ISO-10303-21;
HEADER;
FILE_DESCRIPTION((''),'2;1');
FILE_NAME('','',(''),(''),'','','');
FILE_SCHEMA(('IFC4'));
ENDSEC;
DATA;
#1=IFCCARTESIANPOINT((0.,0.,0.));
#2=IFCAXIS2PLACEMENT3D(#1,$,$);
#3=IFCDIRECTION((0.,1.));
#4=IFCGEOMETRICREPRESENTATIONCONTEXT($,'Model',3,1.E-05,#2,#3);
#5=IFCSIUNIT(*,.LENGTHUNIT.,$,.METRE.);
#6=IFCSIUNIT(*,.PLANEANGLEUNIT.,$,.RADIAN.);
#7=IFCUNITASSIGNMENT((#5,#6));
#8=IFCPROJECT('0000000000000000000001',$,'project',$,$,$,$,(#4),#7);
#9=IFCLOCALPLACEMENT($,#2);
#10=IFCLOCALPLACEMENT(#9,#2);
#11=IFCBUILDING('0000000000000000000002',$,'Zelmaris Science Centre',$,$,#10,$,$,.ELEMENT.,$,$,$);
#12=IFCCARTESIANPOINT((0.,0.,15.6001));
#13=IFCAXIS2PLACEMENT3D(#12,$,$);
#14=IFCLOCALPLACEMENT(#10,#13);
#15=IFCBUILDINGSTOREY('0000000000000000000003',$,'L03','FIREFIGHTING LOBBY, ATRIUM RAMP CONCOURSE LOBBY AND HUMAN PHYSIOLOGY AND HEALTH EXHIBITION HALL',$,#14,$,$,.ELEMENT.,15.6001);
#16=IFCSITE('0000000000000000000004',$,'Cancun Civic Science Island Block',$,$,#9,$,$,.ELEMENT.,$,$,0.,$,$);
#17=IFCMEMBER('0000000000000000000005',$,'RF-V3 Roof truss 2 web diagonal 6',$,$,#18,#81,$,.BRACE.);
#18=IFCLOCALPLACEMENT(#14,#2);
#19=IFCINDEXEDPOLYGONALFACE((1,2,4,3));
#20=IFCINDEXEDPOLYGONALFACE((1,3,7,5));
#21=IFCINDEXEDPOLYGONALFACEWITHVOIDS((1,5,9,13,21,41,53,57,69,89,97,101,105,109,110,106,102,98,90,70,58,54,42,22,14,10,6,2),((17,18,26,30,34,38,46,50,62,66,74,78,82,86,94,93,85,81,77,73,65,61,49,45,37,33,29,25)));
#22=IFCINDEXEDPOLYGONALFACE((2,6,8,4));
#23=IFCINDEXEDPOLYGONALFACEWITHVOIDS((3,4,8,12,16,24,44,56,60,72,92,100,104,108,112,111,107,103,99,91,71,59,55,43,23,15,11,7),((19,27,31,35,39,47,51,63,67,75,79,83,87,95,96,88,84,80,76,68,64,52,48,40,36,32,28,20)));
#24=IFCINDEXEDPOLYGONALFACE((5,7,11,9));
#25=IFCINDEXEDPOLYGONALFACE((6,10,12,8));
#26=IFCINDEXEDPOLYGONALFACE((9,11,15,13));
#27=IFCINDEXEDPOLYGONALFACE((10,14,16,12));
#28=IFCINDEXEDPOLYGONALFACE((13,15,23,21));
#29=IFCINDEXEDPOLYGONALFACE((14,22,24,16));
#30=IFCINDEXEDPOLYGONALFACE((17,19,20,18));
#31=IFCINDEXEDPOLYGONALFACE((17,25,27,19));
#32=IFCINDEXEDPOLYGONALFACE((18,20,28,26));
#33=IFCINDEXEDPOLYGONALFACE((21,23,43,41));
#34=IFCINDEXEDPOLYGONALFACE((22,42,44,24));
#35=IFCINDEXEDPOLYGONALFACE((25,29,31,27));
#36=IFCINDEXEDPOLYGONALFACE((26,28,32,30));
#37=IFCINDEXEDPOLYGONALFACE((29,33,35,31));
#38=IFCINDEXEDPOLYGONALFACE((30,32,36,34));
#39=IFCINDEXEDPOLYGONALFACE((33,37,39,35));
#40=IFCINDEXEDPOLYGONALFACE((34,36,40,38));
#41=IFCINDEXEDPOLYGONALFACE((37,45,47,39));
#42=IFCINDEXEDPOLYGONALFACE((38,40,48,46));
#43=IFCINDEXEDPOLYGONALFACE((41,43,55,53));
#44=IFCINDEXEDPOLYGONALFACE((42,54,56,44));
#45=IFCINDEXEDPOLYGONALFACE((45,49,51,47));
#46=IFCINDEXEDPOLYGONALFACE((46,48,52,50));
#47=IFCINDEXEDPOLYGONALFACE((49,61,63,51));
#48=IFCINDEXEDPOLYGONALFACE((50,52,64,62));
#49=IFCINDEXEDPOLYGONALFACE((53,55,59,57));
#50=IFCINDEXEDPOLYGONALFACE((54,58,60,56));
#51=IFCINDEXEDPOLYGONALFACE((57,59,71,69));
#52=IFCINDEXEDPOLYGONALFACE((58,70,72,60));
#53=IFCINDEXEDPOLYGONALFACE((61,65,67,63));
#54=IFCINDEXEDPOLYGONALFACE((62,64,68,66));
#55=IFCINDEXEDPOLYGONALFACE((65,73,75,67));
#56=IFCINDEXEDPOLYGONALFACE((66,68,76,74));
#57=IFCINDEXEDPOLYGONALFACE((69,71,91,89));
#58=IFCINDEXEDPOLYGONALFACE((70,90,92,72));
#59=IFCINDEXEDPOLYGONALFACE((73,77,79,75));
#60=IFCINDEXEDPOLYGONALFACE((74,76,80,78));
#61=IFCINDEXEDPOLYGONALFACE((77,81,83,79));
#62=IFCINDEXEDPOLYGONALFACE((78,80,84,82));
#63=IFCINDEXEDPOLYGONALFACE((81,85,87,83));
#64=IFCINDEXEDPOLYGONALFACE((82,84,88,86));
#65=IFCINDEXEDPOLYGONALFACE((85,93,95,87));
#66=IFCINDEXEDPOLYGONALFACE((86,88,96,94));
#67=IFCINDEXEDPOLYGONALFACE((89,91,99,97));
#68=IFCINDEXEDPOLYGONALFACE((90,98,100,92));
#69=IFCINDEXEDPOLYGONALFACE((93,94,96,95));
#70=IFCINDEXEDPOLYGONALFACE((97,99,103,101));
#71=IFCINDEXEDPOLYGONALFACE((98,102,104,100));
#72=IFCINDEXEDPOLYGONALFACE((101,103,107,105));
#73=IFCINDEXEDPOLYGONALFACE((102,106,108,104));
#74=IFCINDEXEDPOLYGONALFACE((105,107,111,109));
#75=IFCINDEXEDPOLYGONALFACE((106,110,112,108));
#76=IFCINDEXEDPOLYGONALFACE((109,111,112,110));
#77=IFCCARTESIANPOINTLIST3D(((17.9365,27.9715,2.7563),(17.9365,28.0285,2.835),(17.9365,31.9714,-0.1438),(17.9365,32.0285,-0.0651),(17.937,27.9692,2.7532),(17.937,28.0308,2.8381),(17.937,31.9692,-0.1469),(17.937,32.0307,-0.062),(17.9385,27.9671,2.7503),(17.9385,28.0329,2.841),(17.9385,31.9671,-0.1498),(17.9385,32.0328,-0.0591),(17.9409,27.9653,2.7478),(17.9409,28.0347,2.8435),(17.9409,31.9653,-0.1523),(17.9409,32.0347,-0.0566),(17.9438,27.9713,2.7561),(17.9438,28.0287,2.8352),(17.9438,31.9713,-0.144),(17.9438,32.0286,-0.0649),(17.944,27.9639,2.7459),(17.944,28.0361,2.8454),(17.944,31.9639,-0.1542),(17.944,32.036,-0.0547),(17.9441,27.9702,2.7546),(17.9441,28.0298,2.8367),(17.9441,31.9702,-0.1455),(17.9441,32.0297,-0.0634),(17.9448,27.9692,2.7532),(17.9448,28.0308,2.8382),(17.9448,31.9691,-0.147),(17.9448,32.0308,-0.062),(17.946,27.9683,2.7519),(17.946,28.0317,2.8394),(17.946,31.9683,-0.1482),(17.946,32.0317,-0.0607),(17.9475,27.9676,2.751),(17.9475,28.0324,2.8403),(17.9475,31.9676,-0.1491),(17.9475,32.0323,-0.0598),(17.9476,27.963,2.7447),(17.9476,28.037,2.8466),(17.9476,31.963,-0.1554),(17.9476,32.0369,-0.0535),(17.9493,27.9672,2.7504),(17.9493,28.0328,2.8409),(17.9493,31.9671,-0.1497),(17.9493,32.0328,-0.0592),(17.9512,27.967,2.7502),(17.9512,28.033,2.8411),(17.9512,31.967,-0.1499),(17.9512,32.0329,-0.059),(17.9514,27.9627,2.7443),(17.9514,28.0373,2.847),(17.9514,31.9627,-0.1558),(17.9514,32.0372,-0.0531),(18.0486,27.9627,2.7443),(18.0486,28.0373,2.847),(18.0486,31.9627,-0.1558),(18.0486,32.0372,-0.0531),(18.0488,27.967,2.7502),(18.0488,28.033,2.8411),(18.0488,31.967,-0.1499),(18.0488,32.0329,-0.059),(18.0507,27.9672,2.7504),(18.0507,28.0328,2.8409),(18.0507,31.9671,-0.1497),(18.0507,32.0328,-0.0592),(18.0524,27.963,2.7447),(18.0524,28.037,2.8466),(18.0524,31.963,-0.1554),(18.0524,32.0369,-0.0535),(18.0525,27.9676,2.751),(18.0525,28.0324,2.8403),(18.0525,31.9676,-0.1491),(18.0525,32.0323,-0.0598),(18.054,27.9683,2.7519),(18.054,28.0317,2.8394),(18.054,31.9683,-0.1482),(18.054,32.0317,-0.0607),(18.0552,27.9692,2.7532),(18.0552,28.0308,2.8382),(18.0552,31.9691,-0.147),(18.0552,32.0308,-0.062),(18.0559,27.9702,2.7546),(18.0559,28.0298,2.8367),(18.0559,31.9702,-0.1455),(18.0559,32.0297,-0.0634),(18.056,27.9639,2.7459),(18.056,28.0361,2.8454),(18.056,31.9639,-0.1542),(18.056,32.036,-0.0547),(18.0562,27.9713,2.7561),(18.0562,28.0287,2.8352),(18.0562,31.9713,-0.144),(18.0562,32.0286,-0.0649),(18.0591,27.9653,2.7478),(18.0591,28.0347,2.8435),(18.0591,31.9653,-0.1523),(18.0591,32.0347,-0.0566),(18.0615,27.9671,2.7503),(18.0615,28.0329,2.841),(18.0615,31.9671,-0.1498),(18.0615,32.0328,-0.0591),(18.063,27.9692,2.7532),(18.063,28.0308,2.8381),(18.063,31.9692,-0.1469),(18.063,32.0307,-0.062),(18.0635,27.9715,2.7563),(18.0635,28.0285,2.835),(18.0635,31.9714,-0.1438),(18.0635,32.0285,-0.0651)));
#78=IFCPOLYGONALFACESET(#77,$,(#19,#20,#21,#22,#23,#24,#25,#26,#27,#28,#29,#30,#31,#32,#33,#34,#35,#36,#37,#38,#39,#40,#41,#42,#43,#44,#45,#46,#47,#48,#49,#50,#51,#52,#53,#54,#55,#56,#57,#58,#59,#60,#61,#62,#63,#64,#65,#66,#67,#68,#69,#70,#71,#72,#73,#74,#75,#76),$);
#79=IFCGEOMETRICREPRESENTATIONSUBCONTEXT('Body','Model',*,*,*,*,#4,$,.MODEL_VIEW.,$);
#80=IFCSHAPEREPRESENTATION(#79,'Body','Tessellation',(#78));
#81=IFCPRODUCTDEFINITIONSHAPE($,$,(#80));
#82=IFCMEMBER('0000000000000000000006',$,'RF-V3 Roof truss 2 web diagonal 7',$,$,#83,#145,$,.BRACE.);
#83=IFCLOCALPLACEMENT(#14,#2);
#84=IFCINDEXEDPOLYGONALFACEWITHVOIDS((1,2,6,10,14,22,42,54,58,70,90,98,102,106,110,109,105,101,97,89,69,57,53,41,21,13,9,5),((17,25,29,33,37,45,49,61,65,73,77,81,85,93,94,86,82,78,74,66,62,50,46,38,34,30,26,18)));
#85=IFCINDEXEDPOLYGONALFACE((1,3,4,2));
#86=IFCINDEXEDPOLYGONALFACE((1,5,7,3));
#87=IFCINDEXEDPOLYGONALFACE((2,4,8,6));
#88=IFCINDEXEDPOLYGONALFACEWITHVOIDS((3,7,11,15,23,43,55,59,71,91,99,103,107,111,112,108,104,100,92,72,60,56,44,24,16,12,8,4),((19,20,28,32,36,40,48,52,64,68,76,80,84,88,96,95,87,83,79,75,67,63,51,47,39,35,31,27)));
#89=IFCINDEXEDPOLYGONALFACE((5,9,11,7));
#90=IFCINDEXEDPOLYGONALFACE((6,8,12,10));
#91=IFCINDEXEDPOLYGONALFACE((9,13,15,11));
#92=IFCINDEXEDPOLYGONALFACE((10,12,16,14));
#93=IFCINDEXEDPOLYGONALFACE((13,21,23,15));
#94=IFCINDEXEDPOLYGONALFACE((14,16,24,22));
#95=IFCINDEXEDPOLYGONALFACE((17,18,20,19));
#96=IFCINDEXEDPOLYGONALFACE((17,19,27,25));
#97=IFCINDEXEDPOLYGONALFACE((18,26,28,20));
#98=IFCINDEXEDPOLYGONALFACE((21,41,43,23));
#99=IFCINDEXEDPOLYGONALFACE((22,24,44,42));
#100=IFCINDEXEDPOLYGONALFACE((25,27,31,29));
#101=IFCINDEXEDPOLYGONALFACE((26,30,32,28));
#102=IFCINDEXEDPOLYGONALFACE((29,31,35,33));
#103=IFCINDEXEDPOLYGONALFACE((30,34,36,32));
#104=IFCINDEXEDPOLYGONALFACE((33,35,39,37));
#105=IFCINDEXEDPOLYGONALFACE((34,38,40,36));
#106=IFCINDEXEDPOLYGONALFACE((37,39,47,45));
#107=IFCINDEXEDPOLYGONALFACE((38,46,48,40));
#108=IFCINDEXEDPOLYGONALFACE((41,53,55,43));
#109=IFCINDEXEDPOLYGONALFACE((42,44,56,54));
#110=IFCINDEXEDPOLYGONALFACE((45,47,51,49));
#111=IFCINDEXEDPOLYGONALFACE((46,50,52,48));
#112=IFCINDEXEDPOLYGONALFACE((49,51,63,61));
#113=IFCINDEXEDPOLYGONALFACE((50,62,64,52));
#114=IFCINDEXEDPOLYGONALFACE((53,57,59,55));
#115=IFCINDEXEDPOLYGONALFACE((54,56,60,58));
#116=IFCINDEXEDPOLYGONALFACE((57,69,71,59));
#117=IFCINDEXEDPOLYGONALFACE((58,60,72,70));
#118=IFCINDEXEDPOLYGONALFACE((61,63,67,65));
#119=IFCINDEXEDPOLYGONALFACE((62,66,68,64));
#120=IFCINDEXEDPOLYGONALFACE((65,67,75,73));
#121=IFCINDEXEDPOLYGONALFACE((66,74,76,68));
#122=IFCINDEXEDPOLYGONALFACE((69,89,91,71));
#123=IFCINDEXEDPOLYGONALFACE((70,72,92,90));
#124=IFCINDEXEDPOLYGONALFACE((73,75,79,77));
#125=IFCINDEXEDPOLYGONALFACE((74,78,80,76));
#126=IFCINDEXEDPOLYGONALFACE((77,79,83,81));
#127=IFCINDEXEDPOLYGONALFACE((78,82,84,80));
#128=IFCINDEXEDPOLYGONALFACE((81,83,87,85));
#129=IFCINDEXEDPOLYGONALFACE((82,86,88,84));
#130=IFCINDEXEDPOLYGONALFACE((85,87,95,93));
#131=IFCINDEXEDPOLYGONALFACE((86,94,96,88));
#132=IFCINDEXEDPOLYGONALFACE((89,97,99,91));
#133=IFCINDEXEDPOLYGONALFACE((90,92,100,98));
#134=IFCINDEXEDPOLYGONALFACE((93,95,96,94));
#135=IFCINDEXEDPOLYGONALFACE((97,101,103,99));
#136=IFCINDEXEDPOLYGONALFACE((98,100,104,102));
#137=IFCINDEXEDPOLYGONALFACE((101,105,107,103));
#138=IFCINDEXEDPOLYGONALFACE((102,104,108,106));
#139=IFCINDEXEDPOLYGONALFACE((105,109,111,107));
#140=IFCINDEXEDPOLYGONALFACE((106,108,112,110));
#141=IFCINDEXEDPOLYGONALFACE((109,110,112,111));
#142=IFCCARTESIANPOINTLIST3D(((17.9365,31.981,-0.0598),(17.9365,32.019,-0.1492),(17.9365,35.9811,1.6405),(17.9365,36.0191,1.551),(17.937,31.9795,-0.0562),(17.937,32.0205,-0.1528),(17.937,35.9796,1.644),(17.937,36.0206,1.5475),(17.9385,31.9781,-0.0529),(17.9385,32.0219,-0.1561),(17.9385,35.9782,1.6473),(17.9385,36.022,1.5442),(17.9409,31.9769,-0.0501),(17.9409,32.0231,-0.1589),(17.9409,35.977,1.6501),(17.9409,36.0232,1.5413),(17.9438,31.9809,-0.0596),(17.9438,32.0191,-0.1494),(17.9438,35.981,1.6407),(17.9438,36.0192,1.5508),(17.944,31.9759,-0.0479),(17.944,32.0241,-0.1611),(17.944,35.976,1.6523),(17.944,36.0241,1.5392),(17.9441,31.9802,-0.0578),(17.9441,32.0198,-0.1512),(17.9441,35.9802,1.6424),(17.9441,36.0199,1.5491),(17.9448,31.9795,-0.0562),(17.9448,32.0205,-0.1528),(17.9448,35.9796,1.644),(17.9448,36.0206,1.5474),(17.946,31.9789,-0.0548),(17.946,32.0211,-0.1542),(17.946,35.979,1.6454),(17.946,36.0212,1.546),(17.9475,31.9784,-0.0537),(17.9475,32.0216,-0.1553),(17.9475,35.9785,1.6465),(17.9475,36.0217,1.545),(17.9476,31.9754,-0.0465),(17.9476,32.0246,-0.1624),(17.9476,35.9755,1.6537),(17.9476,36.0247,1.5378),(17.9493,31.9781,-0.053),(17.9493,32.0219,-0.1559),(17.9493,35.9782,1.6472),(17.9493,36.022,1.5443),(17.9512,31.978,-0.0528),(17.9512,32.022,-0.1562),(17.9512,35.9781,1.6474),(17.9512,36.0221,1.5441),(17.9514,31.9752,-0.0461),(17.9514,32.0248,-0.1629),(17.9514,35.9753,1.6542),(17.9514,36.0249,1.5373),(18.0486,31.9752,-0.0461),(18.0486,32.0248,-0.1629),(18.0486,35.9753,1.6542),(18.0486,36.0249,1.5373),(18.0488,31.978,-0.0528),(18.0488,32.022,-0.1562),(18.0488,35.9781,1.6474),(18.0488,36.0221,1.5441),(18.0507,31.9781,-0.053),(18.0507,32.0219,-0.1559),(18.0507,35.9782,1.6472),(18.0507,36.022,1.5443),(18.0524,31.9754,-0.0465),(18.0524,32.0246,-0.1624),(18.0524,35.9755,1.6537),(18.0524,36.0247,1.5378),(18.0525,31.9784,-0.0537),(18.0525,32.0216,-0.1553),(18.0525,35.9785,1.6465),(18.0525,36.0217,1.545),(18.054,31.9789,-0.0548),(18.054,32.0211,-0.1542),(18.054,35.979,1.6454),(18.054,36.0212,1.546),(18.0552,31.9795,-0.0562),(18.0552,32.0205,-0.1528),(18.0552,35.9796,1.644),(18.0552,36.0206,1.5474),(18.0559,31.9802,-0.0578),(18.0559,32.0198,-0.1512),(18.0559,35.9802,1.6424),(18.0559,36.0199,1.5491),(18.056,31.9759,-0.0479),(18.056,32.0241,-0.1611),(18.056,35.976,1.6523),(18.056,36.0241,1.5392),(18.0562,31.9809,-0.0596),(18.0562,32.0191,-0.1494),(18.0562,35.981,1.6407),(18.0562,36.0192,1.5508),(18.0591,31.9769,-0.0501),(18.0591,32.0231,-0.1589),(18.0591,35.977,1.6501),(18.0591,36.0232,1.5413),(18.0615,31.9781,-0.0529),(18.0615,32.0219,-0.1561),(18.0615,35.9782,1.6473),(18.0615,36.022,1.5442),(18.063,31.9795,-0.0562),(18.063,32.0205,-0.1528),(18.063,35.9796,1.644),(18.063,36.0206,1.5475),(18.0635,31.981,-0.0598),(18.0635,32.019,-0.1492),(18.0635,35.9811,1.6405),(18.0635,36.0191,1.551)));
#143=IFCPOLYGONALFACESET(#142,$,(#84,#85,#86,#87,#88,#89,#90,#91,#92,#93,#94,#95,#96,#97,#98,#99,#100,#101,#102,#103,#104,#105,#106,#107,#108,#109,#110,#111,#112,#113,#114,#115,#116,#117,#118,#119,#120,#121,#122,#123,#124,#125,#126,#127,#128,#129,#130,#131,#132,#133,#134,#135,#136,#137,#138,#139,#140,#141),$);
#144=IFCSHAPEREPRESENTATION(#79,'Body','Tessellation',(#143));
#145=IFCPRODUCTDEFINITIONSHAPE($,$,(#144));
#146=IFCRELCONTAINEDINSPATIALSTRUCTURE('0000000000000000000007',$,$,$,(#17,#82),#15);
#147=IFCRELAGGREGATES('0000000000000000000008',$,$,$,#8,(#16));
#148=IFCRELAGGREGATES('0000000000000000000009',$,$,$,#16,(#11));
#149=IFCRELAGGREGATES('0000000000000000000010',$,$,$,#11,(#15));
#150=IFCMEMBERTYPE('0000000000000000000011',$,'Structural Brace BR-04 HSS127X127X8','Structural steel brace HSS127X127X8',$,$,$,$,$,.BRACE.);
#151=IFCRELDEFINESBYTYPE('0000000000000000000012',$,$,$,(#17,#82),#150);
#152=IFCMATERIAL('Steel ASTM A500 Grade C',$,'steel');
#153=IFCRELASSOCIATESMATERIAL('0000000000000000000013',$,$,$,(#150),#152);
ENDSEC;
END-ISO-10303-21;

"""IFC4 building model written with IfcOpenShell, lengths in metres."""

from ifc_helpers import new_model, si_unit, direction, frame, origin, origin_2d, place, context, subcontext, project, spatial, hollow_rectangle, extrude, material, material_profile, profile_set, type_object, element, save


model = new_model("IFC4")

# Units and contexts
model_context = context("Model", 3, precision=1e-05, world=origin(), true_north=direction((0.0, 1.0)))
body_context = subcontext(model_context, "Body", "Model", "MODEL_VIEW")
ifc_project = project(units=[si_unit("LENGTHUNIT", "METRE"), si_unit("PLANEANGLEUNIT", "RADIAN")], contexts=[model_context])

# Site, building, storey
site_placement = place(None, origin())
site = spatial("IfcSite", under=ifc_project, at=site_placement, Name="Cancun Civic Science Island Block", CompositionType="ELEMENT", RefElevation=0.0)
building_placement = place(site_placement, origin())
building = spatial("IfcBuilding", under=site, at=building_placement, Name="Zelmaris Science Centre", CompositionType="ELEMENT")
storey_placement = place(building_placement, frame((0.0, 0.0, 15.6001)))
storey = spatial("IfcBuildingStorey", under=building, at=storey_placement, Name="L03", Description="FIREFIGHTING LOBBY, ATRIUM RAMP CONCOURSE LOBBY AND HUMAN PHYSIOLOGY AND HEALTH EXHIBITION HALL", CompositionType="ELEMENT", Elevation=15.6001)

# Shared definitions
ifc_material_1 = material(Name="Steel ASTM A500 Grade C", Category="steel")

# Members
ifc_material_profile_1 = material_profile(ifc_material_1, hollow_rectangle(XDim=0.127, YDim=0.127, WallThickness=0.0073, InnerFilletRadius=0.0073, OuterFilletRadius=0.0149, at=origin_2d()), Name="HSS127X127X8")
ifc_profile_set_1 = profile_set([ifc_material_profile_1], Name="Steel ASTM A500 Grade C")
member_type_1 = type_object("IfcMemberType", Name="Structural Brace BR-04 HSS127X127X8", Description="Structural steel brace HSS127X127X8", PredefinedType="BRACE", material=ifc_profile_set_1)
member_1_placement = place(storey_placement, frame((18.0, 28.0, 2.7957), z_axis=(0.0, 0.809596, -0.586987), x_axis=(-1.0, 0.0, 0.0)))
element("IfcMember", 1, at=member_1_placement, inside=storey, type_object=member_type_1, Name="RF-V3 Roof truss 2 web diagonal 6", PredefinedType="BRACE", context=body_context, shape_type="SweptSolid", body=[
    extrude(hollow_rectangle(XDim=0.127, YDim=0.127, WallThickness=0.0073, InnerFilletRadius=0.0073, OuterFilletRadius=0.0149, at=origin_2d()), origin(), (0.0, 0.0, 1.0), 4.9407),
])
for number, where, z_axis, x_axis, name in (
    (2, (18.0, 32.0, -0.1045), (0.0, 0.920315, 0.391179), (-1.0, 0.0, 0.0), "RF-V3 Roof truss 2 web diagonal 7"),
):
    element("IfcMember", number, at=place(storey_placement, frame(where, z_axis=z_axis, x_axis=x_axis)), inside=storey, type_object=member_type_1, Name=name, PredefinedType="BRACE", context=body_context, shape_type="SweptSolid", body=[
        extrude(hollow_rectangle(XDim=0.127, YDim=0.127, WallThickness=0.0073, InnerFilletRadius=0.0073, OuterFilletRadius=0.0149, at=origin_2d()), origin(), (0.0, 0.0, 1.0), 4.3464),
    ])

save(model, "model.ifc")
